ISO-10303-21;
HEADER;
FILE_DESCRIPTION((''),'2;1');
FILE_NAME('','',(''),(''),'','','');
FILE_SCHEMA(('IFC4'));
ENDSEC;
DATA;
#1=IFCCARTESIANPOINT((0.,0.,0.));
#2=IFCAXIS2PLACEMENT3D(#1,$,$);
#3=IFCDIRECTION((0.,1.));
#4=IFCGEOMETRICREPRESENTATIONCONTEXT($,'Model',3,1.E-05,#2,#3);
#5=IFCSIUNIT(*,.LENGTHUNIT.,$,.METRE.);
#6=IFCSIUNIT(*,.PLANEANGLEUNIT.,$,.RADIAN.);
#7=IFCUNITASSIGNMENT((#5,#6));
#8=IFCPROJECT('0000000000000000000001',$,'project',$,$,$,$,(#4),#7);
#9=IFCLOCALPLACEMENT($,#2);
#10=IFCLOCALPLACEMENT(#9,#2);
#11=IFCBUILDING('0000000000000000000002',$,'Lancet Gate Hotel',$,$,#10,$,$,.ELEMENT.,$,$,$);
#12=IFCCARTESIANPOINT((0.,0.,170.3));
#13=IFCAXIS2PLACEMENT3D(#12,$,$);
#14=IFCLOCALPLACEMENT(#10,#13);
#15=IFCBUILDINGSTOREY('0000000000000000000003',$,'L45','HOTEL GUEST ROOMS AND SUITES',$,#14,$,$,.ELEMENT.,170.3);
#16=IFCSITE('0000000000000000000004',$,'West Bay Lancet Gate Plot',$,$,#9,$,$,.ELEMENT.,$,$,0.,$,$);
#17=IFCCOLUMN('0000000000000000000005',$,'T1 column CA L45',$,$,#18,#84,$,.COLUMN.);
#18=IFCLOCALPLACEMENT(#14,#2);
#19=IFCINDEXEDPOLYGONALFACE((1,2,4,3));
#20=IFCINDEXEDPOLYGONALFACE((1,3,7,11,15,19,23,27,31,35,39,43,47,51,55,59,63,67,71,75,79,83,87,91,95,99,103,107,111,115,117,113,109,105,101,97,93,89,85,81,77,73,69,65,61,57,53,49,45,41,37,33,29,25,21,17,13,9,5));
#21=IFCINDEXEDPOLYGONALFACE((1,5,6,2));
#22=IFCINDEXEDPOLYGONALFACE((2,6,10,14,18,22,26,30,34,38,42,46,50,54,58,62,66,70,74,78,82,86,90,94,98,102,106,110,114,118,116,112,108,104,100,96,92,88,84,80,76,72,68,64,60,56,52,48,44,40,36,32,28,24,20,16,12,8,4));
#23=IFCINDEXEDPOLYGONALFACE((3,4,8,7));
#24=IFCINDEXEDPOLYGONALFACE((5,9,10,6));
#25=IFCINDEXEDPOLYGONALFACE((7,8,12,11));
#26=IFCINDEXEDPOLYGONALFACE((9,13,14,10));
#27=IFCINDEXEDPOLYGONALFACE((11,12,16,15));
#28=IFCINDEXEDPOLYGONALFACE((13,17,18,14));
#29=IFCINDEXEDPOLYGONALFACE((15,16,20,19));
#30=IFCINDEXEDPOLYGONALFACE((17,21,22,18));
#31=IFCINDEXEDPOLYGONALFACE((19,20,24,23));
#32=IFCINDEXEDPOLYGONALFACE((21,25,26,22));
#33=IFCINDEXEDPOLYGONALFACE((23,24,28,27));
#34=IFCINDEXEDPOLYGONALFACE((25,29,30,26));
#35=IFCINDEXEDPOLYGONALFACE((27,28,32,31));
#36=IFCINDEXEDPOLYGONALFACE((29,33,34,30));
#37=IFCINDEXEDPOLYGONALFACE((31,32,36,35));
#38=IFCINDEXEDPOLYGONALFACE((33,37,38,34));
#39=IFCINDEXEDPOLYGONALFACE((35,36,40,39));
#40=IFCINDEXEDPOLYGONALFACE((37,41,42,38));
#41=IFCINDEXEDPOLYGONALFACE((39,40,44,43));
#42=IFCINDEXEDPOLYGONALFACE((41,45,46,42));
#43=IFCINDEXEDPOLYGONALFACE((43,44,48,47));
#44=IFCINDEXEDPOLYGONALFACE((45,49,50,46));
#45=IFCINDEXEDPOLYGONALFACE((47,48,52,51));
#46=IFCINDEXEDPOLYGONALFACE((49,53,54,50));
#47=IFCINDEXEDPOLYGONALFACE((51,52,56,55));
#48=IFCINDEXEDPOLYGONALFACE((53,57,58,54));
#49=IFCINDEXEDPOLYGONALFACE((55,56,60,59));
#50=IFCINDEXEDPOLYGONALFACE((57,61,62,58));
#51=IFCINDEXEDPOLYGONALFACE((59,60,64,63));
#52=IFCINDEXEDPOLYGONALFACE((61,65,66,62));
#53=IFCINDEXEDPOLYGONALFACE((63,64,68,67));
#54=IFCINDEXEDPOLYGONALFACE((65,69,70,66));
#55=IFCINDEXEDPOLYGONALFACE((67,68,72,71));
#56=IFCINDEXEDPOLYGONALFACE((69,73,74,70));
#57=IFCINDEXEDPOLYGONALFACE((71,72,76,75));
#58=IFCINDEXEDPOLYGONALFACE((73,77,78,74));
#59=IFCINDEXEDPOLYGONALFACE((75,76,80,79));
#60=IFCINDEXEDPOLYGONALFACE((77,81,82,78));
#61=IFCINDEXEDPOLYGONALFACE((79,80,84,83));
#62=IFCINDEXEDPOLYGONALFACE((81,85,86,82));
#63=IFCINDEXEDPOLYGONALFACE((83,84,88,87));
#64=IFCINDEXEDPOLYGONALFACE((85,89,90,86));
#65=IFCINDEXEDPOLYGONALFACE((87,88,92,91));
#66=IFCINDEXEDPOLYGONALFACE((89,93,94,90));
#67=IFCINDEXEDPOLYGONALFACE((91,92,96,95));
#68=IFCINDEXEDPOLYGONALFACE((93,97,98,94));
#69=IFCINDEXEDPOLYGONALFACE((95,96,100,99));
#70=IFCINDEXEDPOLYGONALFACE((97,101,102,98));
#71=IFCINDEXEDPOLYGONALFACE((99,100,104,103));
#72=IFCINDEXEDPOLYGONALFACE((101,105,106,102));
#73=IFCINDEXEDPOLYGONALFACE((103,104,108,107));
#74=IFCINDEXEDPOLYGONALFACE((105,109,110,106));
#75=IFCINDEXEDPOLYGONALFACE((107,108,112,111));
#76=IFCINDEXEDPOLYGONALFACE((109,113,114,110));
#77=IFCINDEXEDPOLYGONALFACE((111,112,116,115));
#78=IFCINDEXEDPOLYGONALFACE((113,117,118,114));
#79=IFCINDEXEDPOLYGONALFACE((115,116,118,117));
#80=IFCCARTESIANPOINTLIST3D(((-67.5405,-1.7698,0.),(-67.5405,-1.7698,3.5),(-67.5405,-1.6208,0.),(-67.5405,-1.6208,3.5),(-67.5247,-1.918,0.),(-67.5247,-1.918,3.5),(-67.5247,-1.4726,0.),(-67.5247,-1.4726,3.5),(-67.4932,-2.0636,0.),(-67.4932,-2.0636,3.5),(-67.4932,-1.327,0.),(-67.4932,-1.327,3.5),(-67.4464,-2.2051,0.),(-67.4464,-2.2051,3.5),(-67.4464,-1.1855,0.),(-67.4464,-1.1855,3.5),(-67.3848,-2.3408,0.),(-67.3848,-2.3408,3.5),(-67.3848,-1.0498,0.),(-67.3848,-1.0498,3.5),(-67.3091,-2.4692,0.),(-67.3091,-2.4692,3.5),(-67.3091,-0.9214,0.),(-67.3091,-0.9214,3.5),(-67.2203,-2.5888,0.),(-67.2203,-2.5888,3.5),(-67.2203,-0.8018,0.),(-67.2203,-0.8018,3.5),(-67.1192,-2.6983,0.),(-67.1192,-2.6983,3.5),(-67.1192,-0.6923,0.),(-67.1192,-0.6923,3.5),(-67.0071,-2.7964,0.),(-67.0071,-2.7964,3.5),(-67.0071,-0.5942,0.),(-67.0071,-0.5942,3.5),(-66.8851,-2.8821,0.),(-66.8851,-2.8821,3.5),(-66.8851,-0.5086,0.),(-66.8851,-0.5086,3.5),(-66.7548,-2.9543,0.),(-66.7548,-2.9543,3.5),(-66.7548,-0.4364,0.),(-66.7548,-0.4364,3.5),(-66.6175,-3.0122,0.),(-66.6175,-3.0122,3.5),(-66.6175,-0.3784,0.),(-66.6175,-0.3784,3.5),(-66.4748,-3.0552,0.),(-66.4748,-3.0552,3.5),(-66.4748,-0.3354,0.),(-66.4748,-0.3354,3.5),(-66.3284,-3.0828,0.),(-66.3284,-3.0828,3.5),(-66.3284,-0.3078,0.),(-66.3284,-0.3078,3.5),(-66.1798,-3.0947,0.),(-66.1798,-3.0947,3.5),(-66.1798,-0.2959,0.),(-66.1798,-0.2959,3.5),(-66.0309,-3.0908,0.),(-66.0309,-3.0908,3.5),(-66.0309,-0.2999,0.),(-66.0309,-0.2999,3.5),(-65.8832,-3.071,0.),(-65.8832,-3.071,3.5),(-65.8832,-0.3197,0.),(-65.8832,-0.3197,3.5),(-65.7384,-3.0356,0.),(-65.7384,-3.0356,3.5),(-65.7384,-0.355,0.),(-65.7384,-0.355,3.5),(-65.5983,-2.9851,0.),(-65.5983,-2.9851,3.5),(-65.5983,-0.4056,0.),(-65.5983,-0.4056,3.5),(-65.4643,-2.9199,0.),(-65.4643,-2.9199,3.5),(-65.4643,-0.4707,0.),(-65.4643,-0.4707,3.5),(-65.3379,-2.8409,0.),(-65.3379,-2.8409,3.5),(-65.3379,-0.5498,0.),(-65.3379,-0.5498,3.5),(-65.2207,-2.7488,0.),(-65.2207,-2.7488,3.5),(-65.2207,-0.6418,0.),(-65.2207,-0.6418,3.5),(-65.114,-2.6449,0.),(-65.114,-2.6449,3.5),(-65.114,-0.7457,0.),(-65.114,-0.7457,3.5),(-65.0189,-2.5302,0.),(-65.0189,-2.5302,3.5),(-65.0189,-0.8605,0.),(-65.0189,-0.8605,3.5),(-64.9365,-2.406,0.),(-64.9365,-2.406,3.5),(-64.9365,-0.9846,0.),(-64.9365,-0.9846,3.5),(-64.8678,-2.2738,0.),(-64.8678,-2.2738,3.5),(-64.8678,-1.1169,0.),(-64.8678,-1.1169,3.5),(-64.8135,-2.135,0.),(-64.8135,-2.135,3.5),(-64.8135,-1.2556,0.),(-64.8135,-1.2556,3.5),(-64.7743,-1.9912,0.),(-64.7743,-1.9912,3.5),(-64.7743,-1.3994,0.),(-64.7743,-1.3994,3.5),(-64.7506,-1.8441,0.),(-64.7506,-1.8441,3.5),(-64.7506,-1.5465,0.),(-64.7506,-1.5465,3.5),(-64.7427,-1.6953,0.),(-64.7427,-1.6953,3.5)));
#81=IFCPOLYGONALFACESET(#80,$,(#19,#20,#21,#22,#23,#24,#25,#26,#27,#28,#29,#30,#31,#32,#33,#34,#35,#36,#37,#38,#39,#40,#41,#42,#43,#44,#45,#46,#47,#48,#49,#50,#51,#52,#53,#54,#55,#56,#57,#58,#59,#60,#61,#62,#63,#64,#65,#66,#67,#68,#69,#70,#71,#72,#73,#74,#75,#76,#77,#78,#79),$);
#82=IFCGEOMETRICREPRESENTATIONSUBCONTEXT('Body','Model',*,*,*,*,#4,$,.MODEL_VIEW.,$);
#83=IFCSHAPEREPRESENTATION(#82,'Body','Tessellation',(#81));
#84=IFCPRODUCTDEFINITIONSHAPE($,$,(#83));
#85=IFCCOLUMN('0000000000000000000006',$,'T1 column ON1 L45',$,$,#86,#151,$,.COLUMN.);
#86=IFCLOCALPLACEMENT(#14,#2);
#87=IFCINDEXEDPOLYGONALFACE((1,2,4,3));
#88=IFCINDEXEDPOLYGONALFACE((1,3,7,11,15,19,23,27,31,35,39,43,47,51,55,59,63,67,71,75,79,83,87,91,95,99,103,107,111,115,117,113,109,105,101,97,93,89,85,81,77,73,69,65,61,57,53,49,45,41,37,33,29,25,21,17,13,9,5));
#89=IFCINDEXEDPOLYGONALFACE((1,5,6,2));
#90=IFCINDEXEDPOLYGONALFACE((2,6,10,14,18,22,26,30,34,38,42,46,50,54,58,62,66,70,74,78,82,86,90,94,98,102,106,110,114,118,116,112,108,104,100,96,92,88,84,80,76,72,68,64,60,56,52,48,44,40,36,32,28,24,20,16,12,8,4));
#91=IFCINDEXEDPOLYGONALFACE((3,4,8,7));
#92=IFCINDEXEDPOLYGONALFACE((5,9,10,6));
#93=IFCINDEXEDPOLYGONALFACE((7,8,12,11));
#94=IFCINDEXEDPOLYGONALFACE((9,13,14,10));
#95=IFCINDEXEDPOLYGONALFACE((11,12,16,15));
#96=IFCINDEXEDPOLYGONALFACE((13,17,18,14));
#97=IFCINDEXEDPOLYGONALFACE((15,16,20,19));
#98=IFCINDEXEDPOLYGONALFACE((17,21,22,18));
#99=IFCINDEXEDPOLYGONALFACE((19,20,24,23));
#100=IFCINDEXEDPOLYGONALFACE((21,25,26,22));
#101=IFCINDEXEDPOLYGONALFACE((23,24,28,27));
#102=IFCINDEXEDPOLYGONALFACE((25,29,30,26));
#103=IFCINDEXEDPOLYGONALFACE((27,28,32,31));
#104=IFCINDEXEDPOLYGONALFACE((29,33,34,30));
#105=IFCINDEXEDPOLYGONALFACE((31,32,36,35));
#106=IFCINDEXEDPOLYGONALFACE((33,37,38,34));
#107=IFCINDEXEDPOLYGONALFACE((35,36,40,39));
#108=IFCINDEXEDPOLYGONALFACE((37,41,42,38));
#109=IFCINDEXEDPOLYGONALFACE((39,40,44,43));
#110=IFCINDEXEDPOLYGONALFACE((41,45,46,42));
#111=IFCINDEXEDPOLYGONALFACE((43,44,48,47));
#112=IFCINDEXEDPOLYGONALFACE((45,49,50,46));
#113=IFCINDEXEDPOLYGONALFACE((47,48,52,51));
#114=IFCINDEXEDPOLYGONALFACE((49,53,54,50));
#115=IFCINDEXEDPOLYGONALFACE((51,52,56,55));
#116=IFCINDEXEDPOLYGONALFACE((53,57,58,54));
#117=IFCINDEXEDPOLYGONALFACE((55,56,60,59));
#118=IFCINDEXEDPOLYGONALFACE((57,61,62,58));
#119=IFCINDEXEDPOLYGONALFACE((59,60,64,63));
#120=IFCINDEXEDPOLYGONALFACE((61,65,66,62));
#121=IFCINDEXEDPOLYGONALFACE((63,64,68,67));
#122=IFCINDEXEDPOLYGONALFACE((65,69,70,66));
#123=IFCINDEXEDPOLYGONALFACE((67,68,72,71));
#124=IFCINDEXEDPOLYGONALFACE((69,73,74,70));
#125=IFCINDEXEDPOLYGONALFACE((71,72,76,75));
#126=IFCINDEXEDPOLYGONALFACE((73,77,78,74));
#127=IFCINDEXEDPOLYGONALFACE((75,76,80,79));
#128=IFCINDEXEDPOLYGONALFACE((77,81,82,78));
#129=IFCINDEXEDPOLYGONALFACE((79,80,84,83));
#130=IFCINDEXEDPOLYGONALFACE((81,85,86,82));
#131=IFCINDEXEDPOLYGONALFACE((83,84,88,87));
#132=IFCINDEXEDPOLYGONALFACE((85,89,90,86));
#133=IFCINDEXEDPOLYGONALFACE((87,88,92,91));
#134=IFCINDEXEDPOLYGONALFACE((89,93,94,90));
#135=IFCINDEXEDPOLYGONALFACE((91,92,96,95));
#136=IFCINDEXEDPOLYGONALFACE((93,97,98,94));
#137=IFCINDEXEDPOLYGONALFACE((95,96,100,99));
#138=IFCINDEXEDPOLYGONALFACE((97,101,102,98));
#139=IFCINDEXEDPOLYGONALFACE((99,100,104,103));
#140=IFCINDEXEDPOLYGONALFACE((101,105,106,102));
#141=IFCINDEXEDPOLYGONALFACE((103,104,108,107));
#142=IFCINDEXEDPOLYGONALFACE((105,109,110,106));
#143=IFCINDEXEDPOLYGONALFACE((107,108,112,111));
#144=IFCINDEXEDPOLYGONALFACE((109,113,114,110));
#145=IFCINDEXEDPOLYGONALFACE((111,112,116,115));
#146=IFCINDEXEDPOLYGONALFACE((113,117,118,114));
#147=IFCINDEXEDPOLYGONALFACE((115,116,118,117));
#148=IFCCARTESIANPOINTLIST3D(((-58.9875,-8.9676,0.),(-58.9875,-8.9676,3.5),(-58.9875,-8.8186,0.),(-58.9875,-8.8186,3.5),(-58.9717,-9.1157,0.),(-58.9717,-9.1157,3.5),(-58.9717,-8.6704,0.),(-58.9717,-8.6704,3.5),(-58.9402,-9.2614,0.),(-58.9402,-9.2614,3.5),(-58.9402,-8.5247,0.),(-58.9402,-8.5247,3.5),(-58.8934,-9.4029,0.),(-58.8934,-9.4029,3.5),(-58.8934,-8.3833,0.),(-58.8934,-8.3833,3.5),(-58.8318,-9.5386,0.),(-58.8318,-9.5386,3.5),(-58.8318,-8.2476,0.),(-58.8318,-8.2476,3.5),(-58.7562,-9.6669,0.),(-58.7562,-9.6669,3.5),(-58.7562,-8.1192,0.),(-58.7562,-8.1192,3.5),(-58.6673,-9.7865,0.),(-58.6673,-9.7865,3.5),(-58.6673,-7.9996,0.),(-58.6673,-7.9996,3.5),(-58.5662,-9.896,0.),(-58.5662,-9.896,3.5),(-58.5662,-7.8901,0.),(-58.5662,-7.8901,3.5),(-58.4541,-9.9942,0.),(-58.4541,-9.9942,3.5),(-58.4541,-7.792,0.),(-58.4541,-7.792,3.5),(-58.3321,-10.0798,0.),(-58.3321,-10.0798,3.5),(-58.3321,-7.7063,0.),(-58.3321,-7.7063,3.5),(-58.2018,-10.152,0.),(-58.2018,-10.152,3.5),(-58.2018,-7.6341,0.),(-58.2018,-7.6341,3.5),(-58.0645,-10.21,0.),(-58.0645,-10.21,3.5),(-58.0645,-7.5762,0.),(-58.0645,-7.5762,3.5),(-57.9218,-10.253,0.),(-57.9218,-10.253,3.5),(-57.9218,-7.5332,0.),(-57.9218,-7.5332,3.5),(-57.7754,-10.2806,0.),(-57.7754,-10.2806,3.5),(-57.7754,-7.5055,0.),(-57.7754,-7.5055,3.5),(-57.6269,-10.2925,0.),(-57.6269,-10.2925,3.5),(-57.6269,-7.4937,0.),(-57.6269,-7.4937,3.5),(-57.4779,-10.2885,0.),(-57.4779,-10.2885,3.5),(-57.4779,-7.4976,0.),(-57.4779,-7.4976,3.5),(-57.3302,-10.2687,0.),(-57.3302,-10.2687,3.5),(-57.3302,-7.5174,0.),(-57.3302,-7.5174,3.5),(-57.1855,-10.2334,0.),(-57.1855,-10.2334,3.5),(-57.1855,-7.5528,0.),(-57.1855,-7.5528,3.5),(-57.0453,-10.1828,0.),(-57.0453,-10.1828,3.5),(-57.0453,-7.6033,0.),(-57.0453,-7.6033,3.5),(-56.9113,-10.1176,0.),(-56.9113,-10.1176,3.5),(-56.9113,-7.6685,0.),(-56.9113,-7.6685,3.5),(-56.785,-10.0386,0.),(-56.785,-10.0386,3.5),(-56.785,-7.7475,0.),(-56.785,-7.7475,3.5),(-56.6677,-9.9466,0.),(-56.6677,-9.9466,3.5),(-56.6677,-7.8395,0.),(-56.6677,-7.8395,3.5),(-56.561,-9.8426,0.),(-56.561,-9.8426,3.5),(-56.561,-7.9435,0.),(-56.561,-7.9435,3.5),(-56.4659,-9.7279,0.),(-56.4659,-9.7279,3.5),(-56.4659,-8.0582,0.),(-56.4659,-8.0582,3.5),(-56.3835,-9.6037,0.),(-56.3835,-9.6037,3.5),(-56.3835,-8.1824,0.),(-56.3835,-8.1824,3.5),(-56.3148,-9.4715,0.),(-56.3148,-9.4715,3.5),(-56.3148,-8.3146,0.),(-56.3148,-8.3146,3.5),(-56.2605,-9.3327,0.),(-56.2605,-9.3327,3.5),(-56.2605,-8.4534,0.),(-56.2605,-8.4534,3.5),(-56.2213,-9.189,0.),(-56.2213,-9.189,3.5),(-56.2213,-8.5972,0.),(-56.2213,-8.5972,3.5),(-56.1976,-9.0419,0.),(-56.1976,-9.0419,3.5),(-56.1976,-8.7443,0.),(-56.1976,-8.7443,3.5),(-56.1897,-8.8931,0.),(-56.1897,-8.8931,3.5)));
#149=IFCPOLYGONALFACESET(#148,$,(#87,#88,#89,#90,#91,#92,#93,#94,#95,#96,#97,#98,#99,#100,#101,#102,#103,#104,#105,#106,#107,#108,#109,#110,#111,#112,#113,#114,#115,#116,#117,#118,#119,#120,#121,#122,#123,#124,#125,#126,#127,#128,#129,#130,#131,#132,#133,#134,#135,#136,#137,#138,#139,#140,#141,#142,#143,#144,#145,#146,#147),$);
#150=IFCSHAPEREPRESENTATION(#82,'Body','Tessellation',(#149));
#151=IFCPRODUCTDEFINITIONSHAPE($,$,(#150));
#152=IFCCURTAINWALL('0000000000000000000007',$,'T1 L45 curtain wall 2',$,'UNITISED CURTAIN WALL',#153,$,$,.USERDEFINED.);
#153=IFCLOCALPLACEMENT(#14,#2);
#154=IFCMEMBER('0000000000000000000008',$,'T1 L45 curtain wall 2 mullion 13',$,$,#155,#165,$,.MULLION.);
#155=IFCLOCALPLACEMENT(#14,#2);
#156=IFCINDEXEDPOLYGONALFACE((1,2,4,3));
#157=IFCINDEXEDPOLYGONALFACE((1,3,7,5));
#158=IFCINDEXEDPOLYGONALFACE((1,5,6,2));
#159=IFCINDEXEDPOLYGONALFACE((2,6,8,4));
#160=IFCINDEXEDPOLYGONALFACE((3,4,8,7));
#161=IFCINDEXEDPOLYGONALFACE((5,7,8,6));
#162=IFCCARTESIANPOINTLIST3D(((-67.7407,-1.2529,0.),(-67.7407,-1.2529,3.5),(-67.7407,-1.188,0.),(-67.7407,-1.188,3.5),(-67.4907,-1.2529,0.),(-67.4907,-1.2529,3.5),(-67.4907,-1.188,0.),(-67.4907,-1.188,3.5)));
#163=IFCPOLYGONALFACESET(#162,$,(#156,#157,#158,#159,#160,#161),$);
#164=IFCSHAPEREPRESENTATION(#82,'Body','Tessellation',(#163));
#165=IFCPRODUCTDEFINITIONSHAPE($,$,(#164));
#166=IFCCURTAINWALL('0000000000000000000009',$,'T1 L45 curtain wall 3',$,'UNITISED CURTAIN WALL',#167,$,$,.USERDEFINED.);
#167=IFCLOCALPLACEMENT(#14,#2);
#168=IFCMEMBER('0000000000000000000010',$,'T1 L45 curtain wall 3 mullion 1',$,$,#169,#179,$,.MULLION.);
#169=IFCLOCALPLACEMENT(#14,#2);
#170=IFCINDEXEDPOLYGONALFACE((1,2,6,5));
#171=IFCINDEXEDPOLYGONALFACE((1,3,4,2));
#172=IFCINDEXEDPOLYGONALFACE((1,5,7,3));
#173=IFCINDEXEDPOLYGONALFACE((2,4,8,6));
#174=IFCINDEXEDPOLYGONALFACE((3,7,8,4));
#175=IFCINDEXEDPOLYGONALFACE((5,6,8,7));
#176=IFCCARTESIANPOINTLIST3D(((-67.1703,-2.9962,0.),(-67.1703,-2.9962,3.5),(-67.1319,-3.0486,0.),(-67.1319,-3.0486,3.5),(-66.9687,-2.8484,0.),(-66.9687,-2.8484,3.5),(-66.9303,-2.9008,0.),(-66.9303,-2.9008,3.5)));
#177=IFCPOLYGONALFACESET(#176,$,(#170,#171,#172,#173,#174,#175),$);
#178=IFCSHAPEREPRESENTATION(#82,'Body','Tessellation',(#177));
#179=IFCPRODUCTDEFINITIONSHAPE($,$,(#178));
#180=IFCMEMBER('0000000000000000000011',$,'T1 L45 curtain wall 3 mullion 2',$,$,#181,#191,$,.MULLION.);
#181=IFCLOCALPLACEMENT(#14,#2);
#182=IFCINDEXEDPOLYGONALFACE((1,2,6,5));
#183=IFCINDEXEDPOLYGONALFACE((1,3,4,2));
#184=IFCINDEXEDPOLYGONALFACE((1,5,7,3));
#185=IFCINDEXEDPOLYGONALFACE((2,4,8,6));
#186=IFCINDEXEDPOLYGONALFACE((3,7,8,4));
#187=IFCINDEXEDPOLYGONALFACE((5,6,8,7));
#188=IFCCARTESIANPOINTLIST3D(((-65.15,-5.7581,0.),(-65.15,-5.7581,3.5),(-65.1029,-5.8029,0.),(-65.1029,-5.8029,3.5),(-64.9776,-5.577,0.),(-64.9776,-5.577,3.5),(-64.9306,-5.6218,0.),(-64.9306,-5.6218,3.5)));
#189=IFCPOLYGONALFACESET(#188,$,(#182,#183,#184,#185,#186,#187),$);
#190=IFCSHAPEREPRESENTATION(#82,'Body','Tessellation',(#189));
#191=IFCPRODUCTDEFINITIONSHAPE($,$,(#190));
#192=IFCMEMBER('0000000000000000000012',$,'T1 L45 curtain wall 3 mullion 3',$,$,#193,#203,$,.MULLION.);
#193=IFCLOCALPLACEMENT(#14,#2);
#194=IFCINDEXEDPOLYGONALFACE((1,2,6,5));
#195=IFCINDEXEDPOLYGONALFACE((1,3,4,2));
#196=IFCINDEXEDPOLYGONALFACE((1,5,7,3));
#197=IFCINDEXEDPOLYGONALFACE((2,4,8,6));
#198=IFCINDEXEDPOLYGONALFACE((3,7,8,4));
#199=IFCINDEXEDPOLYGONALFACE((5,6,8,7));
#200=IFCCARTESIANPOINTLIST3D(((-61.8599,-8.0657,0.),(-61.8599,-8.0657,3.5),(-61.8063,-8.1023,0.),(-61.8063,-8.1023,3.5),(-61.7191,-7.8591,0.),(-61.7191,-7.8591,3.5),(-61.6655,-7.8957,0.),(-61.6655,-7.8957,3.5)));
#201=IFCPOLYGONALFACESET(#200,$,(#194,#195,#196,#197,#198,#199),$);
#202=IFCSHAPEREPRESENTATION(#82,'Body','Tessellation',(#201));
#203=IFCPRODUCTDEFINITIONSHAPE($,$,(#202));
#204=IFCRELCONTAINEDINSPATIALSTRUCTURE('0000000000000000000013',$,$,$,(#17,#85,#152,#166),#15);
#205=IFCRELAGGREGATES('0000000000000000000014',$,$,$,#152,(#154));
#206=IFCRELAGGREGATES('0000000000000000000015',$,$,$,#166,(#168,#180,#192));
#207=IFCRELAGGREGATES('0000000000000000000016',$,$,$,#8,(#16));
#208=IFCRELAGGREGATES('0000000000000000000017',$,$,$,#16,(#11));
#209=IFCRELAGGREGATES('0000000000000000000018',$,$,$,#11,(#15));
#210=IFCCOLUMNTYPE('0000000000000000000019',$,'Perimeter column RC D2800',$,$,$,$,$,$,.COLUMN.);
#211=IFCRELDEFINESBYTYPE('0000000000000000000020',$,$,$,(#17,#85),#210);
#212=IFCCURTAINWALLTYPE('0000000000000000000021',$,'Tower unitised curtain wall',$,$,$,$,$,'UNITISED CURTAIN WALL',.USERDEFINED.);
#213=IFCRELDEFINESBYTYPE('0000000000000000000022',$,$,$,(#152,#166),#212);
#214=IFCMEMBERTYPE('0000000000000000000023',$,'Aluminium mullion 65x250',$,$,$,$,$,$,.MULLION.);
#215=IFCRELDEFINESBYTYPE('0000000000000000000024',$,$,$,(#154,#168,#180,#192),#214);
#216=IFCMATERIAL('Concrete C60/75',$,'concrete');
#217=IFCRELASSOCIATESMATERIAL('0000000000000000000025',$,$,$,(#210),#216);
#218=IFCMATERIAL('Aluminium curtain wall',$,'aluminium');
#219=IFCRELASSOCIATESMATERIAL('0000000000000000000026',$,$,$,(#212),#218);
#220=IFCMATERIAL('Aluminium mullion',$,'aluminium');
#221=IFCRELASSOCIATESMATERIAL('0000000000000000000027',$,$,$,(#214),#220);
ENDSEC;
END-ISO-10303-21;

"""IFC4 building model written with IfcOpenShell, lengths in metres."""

from ifc_helpers import new_model, si_unit, direction, frame, origin, origin_2d, place, context, subcontext, project, spatial, rectangle, circle, extrude, material, material_profile, profile_set, type_object, element, aggregate, save


model = new_model("IFC4")

# Units and contexts
model_context = context("Model", 3, precision=1e-05, world=origin(), true_north=direction((0.0, 1.0)))
body_context = subcontext(model_context, "Body", "Model", "MODEL_VIEW")
ifc_project = project(units=[si_unit("LENGTHUNIT", "METRE"), si_unit("PLANEANGLEUNIT", "RADIAN")], contexts=[model_context])

# Site, building, storey
site_placement = place(None, origin())
site = spatial("IfcSite", under=ifc_project, at=site_placement, Name="West Bay Lancet Gate Plot", CompositionType="ELEMENT", RefElevation=0.0)
building_placement = place(site_placement, origin())
building = spatial("IfcBuilding", under=site, at=building_placement, Name="Lancet Gate Hotel", CompositionType="ELEMENT")
storey_placement = place(building_placement, frame((0.0, 0.0, 170.3)))
storey = spatial("IfcBuildingStorey", under=building, at=storey_placement, Name="L45", Description="HOTEL GUEST ROOMS AND SUITES", CompositionType="ELEMENT", Elevation=170.3)

# Columns
ifc_material_1 = material(Name="Concrete C60/75", Category="concrete")
ifc_material_profile_1 = material_profile(ifc_material_1, circle(Radius=1.3999, at=origin_2d()), Name="RC D2800")
ifc_profile_set_1 = profile_set([ifc_material_profile_1], Name="Concrete C60/75")
column_type = type_object("IfcColumnType", Name="Perimeter column RC D2800", PredefinedType="COLUMN", material=ifc_profile_set_1)
for number, where, z_axis, x_axis, name in (
    (1, (-66.1426, -1.6953, 0.0), (0.0, 0.0, 1.0), (1.0, 0.0, 0.0), "T1 column CA L45"),
    (2, (-57.5896, -8.8931, 0.0), (0.0, 0.0, 1.0), (1.0, 0.0, 0.0), "T1 column ON1 L45"),
):
    element("IfcColumn", number, at=place(storey_placement, frame(where, z_axis=z_axis, x_axis=x_axis)), inside=storey, type_object=column_type, Name=name, PredefinedType="COLUMN", context=body_context, shape_type="SweptSolid", body=[
        extrude(circle(Radius=1.3999, at=origin_2d()), origin(), (0.0, 0.0, 1.0), 3.5),
    ])

# Curtain wall, member
ifc_material_2 = material(Name="Aluminium curtain wall", Category="aluminium")
curtain_wall_type = type_object("IfcCurtainWallType", Name="Tower unitised curtain wall", ElementType="UNITISED CURTAIN WALL", PredefinedType="USERDEFINED", material=ifc_material_2)
curtain_wall_1_placement = place(storey_placement, origin())
curtain_wall_1 = element("IfcCurtainWall", 3, at=curtain_wall_1_placement, inside=storey, type_object=curtain_wall_type, Name="T1 L45 curtain wall 2", ObjectType="UNITISED CURTAIN WALL", PredefinedType="USERDEFINED")
ifc_material_3 = material(Name="Aluminium mullion", Category="aluminium")
ifc_material_profile_2 = material_profile(ifc_material_3, rectangle(XDim=0.0649, YDim=0.25, at=origin_2d()), Name="MULLION 65x250")
ifc_profile_set_2 = profile_set([ifc_material_profile_2], Name="Aluminium mullion")
member_type_1 = type_object("IfcMemberType", Name="Aluminium mullion 65x250", PredefinedType="MULLION", material=ifc_profile_set_2)
member_1_placement = place(storey_placement, frame((-67.6157, -1.2205, 0.0), z_axis=(0.0, 0.0, 1.0), x_axis=(0.0, -1.0, 0.0)))
member_1 = element("IfcMember", 4, at=member_1_placement, type_object=member_type_1, Name="T1 L45 curtain wall 2 mullion 13", PredefinedType="MULLION", context=body_context, shape_type="SweptSolid", body=[
    extrude(rectangle(XDim=0.0649, YDim=0.25, at=origin_2d()), origin(), (0.0, 0.0, 1.0), 3.5),
])
aggregate(curtain_wall_1, [member_1])

# Curtain wall, members
curtain_wall_2_placement = place(storey_placement, origin())
curtain_wall_2 = element("IfcCurtainWall", 5, at=curtain_wall_2_placement, inside=storey, type_object=curtain_wall_type, Name="T1 L45 curtain wall 3", ObjectType="UNITISED CURTAIN WALL", PredefinedType="USERDEFINED")
member_2_placement = place(storey_placement, frame((-67.0503, -2.9485, 0.0), z_axis=(0.0, 0.0, 1.0), x_axis=(0.5913, -0.806452, 0.0)))
member_2 = element("IfcMember", 6, at=member_2_placement, type_object=member_type_1, Name="T1 L45 curtain wall 3 mullion 1", PredefinedType="MULLION", context=body_context, shape_type="SweptSolid", body=[
    extrude(rectangle(XDim=0.0649, YDim=0.25, at=origin_2d()), origin(), (0.0, 0.0, 1.0), 3.5),
])
member_3_placement = place(storey_placement, frame((-65.0403, -5.6899, 0.0), z_axis=(0.0, 0.0, 1.0), x_axis=(0.724382, -0.689399, 0.0)))
member_3 = element("IfcMember", 7, at=member_3_placement, type_object=member_type_1, Name="T1 L45 curtain wall 3 mullion 2", PredefinedType="MULLION", context=body_context, shape_type="SweptSolid", body=[
    extrude(rectangle(XDim=0.0649, YDim=0.25, at=origin_2d()), origin(), (0.0, 0.0, 1.0), 3.5),
])
member_4_placement = place(storey_placement, frame((-61.7627, -7.9807, 0.0), z_axis=(0.0, 0.0, 1.0), x_axis=(0.826312, -0.563212, 0.0)))
member_4 = element("IfcMember", 8, at=member_4_placement, type_object=member_type_1, Name="T1 L45 curtain wall 3 mullion 3", PredefinedType="MULLION", context=body_context, shape_type="SweptSolid", body=[
    extrude(rectangle(XDim=0.0649, YDim=0.25, at=origin_2d()), origin(), (0.0, 0.0, 1.0), 3.5),
])

aggregate(curtain_wall_2, [member_2, member_3, member_4])

save(model, "model.ifc")
